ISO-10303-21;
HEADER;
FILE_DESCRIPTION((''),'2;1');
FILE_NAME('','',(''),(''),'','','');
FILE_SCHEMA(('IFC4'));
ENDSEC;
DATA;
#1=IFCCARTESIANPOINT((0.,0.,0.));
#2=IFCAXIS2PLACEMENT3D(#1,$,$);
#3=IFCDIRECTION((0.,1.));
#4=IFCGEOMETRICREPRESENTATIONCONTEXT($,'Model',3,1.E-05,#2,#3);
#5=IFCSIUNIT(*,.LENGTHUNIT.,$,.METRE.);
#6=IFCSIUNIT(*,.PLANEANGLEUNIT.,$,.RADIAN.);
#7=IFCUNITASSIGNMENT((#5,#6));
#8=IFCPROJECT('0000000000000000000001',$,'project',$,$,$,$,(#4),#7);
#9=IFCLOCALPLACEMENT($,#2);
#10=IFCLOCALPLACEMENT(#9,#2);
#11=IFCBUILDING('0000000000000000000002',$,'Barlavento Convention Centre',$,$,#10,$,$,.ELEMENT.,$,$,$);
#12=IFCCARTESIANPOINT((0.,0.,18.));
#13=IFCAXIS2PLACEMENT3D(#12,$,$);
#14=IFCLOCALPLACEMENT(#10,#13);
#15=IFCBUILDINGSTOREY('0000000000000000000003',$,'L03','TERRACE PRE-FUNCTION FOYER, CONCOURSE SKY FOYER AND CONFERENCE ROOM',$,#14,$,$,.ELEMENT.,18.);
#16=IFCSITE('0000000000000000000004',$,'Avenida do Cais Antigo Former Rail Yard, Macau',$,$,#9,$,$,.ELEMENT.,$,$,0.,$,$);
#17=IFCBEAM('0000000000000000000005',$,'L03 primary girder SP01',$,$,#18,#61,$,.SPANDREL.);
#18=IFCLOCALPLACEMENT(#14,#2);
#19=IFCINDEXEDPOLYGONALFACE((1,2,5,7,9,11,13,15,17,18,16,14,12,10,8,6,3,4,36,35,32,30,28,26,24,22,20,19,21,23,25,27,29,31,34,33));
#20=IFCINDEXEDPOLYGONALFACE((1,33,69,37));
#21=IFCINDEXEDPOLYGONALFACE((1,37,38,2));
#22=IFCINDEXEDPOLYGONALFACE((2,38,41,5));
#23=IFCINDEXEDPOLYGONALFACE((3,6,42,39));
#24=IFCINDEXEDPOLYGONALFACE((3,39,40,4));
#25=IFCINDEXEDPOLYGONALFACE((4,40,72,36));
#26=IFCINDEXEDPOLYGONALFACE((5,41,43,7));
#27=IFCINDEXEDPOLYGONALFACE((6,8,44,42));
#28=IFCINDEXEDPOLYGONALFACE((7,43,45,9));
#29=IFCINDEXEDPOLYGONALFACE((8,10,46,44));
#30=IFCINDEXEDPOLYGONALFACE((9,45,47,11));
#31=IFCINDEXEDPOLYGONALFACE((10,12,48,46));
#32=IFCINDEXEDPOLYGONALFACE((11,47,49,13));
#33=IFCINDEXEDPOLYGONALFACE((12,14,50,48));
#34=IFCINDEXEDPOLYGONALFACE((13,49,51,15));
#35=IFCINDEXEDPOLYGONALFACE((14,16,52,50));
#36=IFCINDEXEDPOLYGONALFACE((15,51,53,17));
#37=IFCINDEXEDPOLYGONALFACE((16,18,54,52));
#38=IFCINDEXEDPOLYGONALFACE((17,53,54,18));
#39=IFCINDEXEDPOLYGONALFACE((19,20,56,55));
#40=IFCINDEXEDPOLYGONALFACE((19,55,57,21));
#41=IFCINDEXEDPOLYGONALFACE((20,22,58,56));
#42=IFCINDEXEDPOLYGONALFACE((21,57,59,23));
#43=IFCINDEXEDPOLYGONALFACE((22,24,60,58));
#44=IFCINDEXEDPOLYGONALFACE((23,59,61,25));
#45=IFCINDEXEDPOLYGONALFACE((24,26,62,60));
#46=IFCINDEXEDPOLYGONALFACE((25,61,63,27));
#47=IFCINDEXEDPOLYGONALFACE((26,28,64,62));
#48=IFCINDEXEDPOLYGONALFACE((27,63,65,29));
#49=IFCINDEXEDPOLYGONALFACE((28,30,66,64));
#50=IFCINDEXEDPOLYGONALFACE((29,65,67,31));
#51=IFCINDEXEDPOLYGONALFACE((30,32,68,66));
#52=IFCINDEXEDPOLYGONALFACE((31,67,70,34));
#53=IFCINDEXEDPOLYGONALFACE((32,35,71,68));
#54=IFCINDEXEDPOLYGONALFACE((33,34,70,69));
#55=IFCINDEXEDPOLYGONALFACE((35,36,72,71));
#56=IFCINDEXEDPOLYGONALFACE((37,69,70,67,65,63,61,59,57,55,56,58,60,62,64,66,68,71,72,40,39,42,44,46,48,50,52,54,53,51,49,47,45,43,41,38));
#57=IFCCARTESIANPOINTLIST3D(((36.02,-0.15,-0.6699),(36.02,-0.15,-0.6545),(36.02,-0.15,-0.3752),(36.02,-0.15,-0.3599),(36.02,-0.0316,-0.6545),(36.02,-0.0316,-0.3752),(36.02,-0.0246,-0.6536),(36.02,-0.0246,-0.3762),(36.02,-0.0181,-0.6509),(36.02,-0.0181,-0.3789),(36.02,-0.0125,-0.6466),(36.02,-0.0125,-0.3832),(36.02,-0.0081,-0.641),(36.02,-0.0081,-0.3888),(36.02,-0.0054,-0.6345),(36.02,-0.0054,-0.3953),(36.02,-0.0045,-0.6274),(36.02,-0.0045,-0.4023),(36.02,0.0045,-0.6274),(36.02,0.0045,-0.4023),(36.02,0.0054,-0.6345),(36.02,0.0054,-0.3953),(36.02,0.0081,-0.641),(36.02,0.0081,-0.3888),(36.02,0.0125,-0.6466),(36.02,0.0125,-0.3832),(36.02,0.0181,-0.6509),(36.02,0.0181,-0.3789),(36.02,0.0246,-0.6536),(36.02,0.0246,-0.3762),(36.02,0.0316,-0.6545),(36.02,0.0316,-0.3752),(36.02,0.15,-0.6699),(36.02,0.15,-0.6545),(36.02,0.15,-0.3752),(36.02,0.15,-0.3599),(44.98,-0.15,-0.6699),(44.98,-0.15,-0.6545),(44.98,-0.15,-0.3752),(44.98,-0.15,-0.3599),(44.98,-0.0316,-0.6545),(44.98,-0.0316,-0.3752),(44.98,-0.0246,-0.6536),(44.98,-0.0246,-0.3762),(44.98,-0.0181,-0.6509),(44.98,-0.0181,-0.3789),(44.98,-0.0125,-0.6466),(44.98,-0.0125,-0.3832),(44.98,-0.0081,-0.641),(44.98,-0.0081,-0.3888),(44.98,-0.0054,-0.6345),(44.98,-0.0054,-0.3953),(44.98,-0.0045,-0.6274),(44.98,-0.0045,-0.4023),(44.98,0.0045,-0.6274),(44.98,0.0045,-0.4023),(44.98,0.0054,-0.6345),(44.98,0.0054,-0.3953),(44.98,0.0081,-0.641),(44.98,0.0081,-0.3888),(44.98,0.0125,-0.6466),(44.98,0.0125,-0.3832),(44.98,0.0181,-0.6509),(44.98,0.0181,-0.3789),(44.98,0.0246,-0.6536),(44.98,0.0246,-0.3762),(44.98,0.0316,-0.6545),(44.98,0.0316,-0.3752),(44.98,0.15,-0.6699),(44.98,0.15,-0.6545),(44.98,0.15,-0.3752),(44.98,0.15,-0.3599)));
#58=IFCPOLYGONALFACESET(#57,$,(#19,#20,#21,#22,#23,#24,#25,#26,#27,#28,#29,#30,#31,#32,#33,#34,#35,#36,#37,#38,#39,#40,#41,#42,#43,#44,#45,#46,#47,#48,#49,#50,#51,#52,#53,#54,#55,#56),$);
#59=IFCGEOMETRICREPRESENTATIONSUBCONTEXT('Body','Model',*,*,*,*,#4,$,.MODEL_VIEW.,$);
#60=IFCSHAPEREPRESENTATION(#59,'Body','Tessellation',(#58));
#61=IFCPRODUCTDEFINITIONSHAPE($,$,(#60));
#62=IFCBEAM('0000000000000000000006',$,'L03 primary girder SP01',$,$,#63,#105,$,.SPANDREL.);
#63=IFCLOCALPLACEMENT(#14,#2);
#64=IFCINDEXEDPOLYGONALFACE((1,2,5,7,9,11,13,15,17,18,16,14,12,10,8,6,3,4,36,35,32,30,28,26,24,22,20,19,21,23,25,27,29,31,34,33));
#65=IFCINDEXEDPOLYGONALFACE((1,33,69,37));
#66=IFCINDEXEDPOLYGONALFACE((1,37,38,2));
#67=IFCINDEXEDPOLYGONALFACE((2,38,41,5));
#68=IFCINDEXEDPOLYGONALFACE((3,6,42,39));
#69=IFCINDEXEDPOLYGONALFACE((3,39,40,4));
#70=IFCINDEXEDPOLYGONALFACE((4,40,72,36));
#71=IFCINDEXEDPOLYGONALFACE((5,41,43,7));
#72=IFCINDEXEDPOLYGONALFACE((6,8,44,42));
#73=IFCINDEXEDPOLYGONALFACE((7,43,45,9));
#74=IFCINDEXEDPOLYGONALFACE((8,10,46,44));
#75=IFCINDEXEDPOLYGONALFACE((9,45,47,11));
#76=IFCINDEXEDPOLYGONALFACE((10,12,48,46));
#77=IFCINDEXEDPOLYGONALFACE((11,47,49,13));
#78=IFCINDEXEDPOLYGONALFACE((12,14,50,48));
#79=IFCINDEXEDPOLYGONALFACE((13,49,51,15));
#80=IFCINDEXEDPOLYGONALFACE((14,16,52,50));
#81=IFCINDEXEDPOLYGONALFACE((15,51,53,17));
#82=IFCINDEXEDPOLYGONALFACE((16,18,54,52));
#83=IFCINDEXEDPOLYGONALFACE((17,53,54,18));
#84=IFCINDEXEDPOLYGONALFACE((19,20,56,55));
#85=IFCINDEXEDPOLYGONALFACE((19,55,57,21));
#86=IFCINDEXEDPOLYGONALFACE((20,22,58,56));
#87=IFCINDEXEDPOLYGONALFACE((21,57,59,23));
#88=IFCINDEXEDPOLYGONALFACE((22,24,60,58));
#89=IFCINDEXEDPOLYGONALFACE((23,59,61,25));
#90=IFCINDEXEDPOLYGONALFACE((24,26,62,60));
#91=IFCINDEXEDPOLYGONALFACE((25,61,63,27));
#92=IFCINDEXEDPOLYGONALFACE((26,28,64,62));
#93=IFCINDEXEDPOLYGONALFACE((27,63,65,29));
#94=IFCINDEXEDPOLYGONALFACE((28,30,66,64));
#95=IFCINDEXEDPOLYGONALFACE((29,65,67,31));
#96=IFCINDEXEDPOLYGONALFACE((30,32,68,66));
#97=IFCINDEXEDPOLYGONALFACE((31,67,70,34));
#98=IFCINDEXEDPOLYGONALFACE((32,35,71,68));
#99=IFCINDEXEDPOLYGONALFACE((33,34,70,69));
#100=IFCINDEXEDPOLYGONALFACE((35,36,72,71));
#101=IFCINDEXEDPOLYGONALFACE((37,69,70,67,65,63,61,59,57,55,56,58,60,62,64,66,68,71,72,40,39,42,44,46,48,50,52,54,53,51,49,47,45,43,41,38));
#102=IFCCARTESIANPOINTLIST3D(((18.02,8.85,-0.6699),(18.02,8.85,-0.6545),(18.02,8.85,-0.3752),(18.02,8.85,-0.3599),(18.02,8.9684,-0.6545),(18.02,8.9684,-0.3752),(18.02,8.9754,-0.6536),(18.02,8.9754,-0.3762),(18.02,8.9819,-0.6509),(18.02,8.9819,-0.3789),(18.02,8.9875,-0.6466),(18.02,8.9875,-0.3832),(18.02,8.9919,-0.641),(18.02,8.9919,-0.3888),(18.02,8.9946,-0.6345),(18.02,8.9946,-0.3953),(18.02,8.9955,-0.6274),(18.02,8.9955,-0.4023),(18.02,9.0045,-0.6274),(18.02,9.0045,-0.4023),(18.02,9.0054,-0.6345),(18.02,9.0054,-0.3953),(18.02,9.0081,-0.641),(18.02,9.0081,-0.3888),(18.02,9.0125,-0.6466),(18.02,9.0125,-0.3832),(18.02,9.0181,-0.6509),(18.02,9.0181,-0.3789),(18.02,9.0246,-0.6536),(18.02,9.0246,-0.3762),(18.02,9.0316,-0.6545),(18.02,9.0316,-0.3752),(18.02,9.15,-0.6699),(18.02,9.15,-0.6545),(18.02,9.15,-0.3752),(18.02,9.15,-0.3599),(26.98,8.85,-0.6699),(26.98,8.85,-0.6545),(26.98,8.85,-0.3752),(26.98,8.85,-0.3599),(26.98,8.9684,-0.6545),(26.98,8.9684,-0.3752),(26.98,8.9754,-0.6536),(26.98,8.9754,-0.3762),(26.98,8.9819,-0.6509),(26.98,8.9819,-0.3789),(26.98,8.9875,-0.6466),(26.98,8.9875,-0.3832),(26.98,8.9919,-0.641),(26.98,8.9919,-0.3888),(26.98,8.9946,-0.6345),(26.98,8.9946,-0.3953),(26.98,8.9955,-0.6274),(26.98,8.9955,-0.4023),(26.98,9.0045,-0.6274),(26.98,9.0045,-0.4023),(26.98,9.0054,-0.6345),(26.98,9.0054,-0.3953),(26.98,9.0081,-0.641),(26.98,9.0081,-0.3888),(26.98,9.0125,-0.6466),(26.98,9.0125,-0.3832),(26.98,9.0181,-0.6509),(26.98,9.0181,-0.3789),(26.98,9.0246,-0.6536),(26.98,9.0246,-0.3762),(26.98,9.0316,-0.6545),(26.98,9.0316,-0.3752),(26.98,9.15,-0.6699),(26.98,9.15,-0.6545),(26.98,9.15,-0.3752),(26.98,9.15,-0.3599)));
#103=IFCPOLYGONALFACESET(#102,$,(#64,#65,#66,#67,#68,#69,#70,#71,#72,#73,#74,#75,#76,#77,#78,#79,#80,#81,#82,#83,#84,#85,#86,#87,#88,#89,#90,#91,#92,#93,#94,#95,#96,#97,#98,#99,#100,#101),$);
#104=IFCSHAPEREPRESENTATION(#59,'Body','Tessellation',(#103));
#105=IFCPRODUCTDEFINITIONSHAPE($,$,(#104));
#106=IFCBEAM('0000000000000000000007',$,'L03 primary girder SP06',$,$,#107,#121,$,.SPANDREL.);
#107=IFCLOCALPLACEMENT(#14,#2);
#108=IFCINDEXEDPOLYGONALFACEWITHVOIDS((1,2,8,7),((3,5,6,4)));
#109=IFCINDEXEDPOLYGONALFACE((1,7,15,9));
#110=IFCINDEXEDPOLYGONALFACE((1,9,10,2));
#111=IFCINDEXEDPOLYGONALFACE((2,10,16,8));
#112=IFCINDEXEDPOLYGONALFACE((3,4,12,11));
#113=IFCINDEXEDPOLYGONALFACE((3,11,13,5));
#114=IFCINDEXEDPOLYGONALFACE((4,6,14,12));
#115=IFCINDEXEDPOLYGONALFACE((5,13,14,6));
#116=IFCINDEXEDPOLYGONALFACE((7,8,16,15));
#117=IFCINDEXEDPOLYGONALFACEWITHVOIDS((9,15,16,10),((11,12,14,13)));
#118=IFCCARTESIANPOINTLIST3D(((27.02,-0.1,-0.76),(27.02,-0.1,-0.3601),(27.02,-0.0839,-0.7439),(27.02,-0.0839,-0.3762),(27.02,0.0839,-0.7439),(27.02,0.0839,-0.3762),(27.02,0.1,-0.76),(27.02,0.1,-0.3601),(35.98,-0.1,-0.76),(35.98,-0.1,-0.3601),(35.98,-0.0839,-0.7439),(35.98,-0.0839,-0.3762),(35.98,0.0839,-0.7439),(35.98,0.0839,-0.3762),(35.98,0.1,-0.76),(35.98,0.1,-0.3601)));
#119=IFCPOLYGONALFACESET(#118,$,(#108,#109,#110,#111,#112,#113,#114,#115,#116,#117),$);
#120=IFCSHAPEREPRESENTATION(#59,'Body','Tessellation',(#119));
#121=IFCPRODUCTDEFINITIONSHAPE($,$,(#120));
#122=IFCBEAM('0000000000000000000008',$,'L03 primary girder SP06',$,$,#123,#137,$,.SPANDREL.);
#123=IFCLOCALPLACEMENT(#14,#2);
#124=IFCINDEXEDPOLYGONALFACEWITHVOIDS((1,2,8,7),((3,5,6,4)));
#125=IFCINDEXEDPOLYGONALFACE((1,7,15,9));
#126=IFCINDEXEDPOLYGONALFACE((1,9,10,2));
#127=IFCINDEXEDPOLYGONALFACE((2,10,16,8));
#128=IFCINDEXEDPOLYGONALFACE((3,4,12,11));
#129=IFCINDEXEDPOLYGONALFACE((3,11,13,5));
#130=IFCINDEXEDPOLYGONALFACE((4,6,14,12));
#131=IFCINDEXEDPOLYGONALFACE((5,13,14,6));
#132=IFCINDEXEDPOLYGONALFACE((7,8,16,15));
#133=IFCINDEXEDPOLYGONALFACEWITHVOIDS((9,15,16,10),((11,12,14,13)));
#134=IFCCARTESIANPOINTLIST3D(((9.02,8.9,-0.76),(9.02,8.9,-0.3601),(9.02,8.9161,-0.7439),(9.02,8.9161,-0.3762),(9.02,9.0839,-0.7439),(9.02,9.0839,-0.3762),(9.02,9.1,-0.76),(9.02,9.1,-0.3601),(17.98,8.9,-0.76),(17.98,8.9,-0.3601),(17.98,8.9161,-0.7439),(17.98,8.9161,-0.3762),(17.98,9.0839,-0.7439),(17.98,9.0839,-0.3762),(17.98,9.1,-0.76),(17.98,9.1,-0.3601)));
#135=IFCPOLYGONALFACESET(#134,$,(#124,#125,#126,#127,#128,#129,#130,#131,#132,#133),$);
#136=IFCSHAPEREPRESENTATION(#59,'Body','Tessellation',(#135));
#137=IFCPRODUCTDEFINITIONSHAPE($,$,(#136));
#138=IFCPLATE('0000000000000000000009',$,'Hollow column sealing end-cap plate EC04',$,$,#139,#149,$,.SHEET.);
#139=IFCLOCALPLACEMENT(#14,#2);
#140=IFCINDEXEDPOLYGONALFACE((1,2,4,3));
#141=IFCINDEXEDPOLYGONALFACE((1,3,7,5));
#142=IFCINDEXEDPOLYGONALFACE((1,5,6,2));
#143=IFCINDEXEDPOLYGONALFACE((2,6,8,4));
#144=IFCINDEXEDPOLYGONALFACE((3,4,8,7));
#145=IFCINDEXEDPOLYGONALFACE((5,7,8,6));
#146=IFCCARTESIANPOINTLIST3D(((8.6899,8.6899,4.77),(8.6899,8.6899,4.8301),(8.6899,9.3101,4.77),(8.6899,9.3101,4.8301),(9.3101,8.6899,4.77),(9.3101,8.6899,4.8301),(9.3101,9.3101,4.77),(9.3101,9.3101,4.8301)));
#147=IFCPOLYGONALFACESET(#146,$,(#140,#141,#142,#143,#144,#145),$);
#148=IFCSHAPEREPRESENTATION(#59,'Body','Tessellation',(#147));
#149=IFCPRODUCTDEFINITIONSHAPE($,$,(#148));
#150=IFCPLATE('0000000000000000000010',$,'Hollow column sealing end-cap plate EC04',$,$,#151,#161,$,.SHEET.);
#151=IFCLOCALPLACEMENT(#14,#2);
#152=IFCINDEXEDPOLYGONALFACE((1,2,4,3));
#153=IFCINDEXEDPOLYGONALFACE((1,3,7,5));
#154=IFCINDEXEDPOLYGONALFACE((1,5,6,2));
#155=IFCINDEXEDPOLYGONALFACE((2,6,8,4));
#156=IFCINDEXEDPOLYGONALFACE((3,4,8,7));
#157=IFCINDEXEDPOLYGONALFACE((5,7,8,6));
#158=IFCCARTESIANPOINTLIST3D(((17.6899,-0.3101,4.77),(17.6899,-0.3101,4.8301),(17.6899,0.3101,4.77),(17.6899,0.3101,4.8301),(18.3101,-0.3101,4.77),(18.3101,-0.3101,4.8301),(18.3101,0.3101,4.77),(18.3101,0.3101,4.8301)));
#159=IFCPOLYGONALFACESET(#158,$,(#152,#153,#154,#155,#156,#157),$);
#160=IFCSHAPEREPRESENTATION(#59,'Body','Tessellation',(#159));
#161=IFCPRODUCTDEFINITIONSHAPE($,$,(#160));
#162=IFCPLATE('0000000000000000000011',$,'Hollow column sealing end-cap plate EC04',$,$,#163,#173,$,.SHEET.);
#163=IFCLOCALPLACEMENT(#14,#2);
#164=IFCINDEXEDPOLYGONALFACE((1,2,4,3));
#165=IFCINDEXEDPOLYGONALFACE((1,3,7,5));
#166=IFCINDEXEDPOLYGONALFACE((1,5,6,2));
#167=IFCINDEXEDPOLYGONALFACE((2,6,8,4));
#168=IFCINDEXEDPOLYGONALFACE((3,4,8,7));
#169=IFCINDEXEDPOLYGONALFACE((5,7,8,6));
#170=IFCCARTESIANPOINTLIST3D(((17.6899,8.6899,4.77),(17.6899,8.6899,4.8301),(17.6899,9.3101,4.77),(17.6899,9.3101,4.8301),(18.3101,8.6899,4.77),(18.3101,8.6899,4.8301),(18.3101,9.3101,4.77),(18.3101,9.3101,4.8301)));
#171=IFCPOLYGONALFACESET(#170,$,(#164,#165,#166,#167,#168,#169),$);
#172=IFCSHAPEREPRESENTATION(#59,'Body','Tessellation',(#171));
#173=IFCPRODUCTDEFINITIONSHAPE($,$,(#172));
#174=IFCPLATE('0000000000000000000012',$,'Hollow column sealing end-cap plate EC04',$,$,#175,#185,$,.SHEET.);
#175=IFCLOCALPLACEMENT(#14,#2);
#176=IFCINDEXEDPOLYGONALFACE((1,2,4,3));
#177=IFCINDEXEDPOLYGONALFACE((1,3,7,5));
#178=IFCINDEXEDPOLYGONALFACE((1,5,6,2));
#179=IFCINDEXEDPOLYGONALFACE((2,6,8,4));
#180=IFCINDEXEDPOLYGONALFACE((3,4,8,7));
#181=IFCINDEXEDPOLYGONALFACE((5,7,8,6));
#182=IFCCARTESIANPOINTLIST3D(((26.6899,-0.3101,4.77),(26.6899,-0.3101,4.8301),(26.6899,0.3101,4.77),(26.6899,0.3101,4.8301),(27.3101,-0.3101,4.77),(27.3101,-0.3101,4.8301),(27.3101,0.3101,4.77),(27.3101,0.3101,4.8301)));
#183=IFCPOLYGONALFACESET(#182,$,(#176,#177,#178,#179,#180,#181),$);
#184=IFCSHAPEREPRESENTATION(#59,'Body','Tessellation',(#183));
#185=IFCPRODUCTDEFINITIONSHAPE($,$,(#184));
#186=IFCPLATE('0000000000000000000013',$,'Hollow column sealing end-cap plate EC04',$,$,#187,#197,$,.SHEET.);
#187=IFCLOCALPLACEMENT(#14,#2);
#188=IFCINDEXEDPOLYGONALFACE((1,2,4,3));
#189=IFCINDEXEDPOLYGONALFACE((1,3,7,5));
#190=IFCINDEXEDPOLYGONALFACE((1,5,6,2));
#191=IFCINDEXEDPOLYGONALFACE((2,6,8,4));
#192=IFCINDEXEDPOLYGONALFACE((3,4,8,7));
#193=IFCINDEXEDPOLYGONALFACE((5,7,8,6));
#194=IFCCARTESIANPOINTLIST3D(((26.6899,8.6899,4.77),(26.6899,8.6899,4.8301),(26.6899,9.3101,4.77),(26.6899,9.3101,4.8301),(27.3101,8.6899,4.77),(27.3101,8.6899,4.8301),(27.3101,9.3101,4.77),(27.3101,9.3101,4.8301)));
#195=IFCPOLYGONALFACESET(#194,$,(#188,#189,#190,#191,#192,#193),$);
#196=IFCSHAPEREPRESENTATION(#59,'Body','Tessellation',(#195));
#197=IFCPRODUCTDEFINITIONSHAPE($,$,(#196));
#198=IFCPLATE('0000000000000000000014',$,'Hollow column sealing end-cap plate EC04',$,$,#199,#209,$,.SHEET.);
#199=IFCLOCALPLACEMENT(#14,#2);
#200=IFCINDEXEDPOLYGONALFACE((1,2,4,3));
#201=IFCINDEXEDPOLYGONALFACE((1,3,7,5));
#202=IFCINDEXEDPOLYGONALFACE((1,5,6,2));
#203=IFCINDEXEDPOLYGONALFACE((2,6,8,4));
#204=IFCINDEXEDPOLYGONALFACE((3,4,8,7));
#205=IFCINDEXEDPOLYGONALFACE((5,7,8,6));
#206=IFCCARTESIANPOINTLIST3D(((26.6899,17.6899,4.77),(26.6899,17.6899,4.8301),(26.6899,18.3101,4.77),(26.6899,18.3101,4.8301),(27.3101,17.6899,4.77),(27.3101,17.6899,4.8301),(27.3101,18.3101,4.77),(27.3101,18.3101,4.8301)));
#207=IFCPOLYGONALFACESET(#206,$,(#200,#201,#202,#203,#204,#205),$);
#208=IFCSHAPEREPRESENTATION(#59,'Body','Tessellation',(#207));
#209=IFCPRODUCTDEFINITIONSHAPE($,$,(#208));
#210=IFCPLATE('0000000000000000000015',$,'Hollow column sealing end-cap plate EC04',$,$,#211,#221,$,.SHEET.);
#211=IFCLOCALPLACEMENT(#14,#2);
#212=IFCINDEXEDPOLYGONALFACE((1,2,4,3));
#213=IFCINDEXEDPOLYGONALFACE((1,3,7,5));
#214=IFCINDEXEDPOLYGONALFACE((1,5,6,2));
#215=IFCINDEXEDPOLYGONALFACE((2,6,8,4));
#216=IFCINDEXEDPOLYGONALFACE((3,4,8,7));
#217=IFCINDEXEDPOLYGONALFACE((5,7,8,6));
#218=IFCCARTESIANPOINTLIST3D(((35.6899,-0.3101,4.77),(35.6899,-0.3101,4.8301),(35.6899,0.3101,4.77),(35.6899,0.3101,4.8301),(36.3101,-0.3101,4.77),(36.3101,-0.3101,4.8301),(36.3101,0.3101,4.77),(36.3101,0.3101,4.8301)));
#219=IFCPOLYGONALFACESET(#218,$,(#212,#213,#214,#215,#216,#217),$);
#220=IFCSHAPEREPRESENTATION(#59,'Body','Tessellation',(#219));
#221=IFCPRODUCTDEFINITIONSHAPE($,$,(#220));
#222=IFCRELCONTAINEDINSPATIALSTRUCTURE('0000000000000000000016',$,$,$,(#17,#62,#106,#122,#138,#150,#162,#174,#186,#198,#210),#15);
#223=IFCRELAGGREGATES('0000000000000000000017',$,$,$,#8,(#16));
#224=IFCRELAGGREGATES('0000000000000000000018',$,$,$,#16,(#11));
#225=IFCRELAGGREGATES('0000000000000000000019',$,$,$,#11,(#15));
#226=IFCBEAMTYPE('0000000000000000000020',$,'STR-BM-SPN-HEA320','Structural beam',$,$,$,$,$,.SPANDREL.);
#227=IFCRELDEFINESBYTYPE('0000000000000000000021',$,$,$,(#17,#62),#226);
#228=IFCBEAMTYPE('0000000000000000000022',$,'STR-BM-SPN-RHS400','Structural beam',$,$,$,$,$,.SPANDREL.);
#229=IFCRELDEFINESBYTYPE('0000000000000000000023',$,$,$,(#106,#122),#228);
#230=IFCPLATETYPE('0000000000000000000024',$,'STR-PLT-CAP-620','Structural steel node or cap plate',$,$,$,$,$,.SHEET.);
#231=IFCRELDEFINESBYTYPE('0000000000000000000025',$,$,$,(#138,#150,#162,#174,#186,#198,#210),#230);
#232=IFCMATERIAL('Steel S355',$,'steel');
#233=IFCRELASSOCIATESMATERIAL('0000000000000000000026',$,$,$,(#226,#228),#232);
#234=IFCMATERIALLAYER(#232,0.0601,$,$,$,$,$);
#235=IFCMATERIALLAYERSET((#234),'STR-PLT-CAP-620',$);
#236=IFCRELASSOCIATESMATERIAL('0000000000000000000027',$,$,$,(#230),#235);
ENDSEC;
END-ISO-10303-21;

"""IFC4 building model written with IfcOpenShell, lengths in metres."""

from ifc_helpers import new_model, si_unit, direction, frame, origin, origin_2d, place, context, subcontext, project, spatial, rectangle, hollow_rectangle, i_section, extrude, material, layer, layer_set, material_profile, profile_set, type_object, element, save


model = new_model("IFC4")

# Units and contexts
model_context = context("Model", 3, precision=1e-05, world=origin(), true_north=direction((0.0, 1.0)))
body_context = subcontext(model_context, "Body", "Model", "MODEL_VIEW")
ifc_project = project(units=[si_unit("LENGTHUNIT", "METRE"), si_unit("PLANEANGLEUNIT", "RADIAN")], contexts=[model_context])

# Site, building, storey
site_placement = place(None, origin())
site = spatial("IfcSite", under=ifc_project, at=site_placement, Name="Avenida do Cais Antigo Former Rail Yard, Macau", CompositionType="ELEMENT", RefElevation=0.0)
building_placement = place(site_placement, origin())
building = spatial("IfcBuilding", under=site, at=building_placement, Name="Barlavento Convention Centre", CompositionType="ELEMENT")
storey_placement = place(building_placement, frame((0.0, 0.0, 18.0)))
storey = spatial("IfcBuildingStorey", under=building, at=storey_placement, Name="L03", Description="TERRACE PRE-FUNCTION FOYER, CONCOURSE SKY FOYER AND CONFERENCE ROOM", CompositionType="ELEMENT", Elevation=18.0)

# Shared definitions
ifc_material_1 = material(Name="Steel S355", Category="steel")

# Beams
ifc_material_profile_1 = material_profile(ifc_material_1, i_section(OverallWidth=0.3, OverallDepth=0.3101, WebThickness=0.009, FlangeThickness=0.0154, FilletRadius=0.0271, at=origin_2d()), Name="HEA 320")
ifc_profile_set_1 = profile_set([ifc_material_profile_1], Name="Steel S355")
beam_type_1 = type_object("IfcBeamType", Name="STR-BM-SPN-HEA320", Description="Structural beam", PredefinedType="SPANDREL", material=ifc_profile_set_1)
for number, where, z_axis, x_axis, name in (
    (1, (36.02, 0.0, -0.5149), (1.0, 0.0, 0.0), (0.0, 1.0, 0.0), "L03 primary girder SP01"),
    (2, (18.02, 9.0, -0.5149), (1.0, 0.0, 0.0), (0.0, 1.0, 0.0), "L03 primary girder SP01"),
):
    element("IfcBeam", number, at=place(storey_placement, frame(where, z_axis=z_axis, x_axis=x_axis)), inside=storey, type_object=beam_type_1, Name=name, PredefinedType="SPANDREL", context=body_context, shape_type="SweptSolid", body=[
        extrude(i_section(OverallWidth=0.3, OverallDepth=0.3101, WebThickness=0.009, FlangeThickness=0.0154, FilletRadius=0.0271, at=origin_2d()), origin(), (0.0, 0.0, 1.0), 8.96),
    ])
ifc_material_profile_2 = material_profile(ifc_material_1, hollow_rectangle(XDim=0.2, YDim=0.3999, WallThickness=0.0161, at=origin_2d()), Name="RHS 400x200x16.0")
ifc_profile_set_2 = profile_set([ifc_material_profile_2], Name="Steel S355")
beam_type_2 = type_object("IfcBeamType", Name="STR-BM-SPN-RHS400", Description="Structural beam", PredefinedType="SPANDREL", material=ifc_profile_set_2)
for number, where, z_axis, x_axis, name in (
    (3, (27.02, 0.0, -0.5601), (1.0, 0.0, 0.0), (0.0, 1.0, 0.0), "L03 primary girder SP06"),
    (4, (9.02, 9.0, -0.5601), (1.0, 0.0, 0.0), (0.0, 1.0, 0.0), "L03 primary girder SP06"),
):
    element("IfcBeam", number, at=place(storey_placement, frame(where, z_axis=z_axis, x_axis=x_axis)), inside=storey, type_object=beam_type_2, Name=name, PredefinedType="SPANDREL", context=body_context, shape_type="SweptSolid", body=[
        extrude(hollow_rectangle(XDim=0.2, YDim=0.3999, WallThickness=0.0161, at=origin_2d()), origin(), (0.0, 0.0, 1.0), 8.96),
    ])

# Plates
ifc_layer = layer(ifc_material_1, 0.0601)
ifc_layer_set = layer_set([ifc_layer], Name="STR-PLT-CAP-620")
plate_type = type_object("IfcPlateType", Name="STR-PLT-CAP-620", Description="Structural steel node or cap plate", PredefinedType="SHEET", material=ifc_layer_set)
for number, where, z_axis, x_axis, name in (
    (5, (9.0, 9.0, 4.77), (0.0, 0.0, 1.0), (1.0, 0.0, 0.0), "Hollow column sealing end-cap plate EC04"),
    (6, (18.0, 0.0, 4.77), (0.0, 0.0, 1.0), (1.0, 0.0, 0.0), "Hollow column sealing end-cap plate EC04"),
    (7, (18.0, 9.0, 4.77), (0.0, 0.0, 1.0), (1.0, 0.0, 0.0), "Hollow column sealing end-cap plate EC04"),
    (8, (27.0, 0.0, 4.77), (0.0, 0.0, 1.0), (1.0, 0.0, 0.0), "Hollow column sealing end-cap plate EC04"),
    (9, (27.0, 9.0, 4.77), (0.0, 0.0, 1.0), (1.0, 0.0, 0.0), "Hollow column sealing end-cap plate EC04"),
    (10, (27.0, 18.0, 4.77), (0.0, 0.0, 1.0), (1.0, 0.0, 0.0), "Hollow column sealing end-cap plate EC04"),
    (11, (36.0, 0.0, 4.77), (0.0, 0.0, 1.0), (1.0, 0.0, 0.0), "Hollow column sealing end-cap plate EC04"),
):
    element("IfcPlate", number, at=place(storey_placement, frame(where, z_axis=z_axis, x_axis=x_axis)), inside=storey, type_object=plate_type, Name=name, PredefinedType="SHEET", context=body_context, shape_type="SweptSolid", body=[
        extrude(rectangle(XDim=0.6201, YDim=0.6201, at=origin_2d()), origin(), (0.0, 0.0, 1.0), 0.0601),
    ])

save(model, "model.ifc")
